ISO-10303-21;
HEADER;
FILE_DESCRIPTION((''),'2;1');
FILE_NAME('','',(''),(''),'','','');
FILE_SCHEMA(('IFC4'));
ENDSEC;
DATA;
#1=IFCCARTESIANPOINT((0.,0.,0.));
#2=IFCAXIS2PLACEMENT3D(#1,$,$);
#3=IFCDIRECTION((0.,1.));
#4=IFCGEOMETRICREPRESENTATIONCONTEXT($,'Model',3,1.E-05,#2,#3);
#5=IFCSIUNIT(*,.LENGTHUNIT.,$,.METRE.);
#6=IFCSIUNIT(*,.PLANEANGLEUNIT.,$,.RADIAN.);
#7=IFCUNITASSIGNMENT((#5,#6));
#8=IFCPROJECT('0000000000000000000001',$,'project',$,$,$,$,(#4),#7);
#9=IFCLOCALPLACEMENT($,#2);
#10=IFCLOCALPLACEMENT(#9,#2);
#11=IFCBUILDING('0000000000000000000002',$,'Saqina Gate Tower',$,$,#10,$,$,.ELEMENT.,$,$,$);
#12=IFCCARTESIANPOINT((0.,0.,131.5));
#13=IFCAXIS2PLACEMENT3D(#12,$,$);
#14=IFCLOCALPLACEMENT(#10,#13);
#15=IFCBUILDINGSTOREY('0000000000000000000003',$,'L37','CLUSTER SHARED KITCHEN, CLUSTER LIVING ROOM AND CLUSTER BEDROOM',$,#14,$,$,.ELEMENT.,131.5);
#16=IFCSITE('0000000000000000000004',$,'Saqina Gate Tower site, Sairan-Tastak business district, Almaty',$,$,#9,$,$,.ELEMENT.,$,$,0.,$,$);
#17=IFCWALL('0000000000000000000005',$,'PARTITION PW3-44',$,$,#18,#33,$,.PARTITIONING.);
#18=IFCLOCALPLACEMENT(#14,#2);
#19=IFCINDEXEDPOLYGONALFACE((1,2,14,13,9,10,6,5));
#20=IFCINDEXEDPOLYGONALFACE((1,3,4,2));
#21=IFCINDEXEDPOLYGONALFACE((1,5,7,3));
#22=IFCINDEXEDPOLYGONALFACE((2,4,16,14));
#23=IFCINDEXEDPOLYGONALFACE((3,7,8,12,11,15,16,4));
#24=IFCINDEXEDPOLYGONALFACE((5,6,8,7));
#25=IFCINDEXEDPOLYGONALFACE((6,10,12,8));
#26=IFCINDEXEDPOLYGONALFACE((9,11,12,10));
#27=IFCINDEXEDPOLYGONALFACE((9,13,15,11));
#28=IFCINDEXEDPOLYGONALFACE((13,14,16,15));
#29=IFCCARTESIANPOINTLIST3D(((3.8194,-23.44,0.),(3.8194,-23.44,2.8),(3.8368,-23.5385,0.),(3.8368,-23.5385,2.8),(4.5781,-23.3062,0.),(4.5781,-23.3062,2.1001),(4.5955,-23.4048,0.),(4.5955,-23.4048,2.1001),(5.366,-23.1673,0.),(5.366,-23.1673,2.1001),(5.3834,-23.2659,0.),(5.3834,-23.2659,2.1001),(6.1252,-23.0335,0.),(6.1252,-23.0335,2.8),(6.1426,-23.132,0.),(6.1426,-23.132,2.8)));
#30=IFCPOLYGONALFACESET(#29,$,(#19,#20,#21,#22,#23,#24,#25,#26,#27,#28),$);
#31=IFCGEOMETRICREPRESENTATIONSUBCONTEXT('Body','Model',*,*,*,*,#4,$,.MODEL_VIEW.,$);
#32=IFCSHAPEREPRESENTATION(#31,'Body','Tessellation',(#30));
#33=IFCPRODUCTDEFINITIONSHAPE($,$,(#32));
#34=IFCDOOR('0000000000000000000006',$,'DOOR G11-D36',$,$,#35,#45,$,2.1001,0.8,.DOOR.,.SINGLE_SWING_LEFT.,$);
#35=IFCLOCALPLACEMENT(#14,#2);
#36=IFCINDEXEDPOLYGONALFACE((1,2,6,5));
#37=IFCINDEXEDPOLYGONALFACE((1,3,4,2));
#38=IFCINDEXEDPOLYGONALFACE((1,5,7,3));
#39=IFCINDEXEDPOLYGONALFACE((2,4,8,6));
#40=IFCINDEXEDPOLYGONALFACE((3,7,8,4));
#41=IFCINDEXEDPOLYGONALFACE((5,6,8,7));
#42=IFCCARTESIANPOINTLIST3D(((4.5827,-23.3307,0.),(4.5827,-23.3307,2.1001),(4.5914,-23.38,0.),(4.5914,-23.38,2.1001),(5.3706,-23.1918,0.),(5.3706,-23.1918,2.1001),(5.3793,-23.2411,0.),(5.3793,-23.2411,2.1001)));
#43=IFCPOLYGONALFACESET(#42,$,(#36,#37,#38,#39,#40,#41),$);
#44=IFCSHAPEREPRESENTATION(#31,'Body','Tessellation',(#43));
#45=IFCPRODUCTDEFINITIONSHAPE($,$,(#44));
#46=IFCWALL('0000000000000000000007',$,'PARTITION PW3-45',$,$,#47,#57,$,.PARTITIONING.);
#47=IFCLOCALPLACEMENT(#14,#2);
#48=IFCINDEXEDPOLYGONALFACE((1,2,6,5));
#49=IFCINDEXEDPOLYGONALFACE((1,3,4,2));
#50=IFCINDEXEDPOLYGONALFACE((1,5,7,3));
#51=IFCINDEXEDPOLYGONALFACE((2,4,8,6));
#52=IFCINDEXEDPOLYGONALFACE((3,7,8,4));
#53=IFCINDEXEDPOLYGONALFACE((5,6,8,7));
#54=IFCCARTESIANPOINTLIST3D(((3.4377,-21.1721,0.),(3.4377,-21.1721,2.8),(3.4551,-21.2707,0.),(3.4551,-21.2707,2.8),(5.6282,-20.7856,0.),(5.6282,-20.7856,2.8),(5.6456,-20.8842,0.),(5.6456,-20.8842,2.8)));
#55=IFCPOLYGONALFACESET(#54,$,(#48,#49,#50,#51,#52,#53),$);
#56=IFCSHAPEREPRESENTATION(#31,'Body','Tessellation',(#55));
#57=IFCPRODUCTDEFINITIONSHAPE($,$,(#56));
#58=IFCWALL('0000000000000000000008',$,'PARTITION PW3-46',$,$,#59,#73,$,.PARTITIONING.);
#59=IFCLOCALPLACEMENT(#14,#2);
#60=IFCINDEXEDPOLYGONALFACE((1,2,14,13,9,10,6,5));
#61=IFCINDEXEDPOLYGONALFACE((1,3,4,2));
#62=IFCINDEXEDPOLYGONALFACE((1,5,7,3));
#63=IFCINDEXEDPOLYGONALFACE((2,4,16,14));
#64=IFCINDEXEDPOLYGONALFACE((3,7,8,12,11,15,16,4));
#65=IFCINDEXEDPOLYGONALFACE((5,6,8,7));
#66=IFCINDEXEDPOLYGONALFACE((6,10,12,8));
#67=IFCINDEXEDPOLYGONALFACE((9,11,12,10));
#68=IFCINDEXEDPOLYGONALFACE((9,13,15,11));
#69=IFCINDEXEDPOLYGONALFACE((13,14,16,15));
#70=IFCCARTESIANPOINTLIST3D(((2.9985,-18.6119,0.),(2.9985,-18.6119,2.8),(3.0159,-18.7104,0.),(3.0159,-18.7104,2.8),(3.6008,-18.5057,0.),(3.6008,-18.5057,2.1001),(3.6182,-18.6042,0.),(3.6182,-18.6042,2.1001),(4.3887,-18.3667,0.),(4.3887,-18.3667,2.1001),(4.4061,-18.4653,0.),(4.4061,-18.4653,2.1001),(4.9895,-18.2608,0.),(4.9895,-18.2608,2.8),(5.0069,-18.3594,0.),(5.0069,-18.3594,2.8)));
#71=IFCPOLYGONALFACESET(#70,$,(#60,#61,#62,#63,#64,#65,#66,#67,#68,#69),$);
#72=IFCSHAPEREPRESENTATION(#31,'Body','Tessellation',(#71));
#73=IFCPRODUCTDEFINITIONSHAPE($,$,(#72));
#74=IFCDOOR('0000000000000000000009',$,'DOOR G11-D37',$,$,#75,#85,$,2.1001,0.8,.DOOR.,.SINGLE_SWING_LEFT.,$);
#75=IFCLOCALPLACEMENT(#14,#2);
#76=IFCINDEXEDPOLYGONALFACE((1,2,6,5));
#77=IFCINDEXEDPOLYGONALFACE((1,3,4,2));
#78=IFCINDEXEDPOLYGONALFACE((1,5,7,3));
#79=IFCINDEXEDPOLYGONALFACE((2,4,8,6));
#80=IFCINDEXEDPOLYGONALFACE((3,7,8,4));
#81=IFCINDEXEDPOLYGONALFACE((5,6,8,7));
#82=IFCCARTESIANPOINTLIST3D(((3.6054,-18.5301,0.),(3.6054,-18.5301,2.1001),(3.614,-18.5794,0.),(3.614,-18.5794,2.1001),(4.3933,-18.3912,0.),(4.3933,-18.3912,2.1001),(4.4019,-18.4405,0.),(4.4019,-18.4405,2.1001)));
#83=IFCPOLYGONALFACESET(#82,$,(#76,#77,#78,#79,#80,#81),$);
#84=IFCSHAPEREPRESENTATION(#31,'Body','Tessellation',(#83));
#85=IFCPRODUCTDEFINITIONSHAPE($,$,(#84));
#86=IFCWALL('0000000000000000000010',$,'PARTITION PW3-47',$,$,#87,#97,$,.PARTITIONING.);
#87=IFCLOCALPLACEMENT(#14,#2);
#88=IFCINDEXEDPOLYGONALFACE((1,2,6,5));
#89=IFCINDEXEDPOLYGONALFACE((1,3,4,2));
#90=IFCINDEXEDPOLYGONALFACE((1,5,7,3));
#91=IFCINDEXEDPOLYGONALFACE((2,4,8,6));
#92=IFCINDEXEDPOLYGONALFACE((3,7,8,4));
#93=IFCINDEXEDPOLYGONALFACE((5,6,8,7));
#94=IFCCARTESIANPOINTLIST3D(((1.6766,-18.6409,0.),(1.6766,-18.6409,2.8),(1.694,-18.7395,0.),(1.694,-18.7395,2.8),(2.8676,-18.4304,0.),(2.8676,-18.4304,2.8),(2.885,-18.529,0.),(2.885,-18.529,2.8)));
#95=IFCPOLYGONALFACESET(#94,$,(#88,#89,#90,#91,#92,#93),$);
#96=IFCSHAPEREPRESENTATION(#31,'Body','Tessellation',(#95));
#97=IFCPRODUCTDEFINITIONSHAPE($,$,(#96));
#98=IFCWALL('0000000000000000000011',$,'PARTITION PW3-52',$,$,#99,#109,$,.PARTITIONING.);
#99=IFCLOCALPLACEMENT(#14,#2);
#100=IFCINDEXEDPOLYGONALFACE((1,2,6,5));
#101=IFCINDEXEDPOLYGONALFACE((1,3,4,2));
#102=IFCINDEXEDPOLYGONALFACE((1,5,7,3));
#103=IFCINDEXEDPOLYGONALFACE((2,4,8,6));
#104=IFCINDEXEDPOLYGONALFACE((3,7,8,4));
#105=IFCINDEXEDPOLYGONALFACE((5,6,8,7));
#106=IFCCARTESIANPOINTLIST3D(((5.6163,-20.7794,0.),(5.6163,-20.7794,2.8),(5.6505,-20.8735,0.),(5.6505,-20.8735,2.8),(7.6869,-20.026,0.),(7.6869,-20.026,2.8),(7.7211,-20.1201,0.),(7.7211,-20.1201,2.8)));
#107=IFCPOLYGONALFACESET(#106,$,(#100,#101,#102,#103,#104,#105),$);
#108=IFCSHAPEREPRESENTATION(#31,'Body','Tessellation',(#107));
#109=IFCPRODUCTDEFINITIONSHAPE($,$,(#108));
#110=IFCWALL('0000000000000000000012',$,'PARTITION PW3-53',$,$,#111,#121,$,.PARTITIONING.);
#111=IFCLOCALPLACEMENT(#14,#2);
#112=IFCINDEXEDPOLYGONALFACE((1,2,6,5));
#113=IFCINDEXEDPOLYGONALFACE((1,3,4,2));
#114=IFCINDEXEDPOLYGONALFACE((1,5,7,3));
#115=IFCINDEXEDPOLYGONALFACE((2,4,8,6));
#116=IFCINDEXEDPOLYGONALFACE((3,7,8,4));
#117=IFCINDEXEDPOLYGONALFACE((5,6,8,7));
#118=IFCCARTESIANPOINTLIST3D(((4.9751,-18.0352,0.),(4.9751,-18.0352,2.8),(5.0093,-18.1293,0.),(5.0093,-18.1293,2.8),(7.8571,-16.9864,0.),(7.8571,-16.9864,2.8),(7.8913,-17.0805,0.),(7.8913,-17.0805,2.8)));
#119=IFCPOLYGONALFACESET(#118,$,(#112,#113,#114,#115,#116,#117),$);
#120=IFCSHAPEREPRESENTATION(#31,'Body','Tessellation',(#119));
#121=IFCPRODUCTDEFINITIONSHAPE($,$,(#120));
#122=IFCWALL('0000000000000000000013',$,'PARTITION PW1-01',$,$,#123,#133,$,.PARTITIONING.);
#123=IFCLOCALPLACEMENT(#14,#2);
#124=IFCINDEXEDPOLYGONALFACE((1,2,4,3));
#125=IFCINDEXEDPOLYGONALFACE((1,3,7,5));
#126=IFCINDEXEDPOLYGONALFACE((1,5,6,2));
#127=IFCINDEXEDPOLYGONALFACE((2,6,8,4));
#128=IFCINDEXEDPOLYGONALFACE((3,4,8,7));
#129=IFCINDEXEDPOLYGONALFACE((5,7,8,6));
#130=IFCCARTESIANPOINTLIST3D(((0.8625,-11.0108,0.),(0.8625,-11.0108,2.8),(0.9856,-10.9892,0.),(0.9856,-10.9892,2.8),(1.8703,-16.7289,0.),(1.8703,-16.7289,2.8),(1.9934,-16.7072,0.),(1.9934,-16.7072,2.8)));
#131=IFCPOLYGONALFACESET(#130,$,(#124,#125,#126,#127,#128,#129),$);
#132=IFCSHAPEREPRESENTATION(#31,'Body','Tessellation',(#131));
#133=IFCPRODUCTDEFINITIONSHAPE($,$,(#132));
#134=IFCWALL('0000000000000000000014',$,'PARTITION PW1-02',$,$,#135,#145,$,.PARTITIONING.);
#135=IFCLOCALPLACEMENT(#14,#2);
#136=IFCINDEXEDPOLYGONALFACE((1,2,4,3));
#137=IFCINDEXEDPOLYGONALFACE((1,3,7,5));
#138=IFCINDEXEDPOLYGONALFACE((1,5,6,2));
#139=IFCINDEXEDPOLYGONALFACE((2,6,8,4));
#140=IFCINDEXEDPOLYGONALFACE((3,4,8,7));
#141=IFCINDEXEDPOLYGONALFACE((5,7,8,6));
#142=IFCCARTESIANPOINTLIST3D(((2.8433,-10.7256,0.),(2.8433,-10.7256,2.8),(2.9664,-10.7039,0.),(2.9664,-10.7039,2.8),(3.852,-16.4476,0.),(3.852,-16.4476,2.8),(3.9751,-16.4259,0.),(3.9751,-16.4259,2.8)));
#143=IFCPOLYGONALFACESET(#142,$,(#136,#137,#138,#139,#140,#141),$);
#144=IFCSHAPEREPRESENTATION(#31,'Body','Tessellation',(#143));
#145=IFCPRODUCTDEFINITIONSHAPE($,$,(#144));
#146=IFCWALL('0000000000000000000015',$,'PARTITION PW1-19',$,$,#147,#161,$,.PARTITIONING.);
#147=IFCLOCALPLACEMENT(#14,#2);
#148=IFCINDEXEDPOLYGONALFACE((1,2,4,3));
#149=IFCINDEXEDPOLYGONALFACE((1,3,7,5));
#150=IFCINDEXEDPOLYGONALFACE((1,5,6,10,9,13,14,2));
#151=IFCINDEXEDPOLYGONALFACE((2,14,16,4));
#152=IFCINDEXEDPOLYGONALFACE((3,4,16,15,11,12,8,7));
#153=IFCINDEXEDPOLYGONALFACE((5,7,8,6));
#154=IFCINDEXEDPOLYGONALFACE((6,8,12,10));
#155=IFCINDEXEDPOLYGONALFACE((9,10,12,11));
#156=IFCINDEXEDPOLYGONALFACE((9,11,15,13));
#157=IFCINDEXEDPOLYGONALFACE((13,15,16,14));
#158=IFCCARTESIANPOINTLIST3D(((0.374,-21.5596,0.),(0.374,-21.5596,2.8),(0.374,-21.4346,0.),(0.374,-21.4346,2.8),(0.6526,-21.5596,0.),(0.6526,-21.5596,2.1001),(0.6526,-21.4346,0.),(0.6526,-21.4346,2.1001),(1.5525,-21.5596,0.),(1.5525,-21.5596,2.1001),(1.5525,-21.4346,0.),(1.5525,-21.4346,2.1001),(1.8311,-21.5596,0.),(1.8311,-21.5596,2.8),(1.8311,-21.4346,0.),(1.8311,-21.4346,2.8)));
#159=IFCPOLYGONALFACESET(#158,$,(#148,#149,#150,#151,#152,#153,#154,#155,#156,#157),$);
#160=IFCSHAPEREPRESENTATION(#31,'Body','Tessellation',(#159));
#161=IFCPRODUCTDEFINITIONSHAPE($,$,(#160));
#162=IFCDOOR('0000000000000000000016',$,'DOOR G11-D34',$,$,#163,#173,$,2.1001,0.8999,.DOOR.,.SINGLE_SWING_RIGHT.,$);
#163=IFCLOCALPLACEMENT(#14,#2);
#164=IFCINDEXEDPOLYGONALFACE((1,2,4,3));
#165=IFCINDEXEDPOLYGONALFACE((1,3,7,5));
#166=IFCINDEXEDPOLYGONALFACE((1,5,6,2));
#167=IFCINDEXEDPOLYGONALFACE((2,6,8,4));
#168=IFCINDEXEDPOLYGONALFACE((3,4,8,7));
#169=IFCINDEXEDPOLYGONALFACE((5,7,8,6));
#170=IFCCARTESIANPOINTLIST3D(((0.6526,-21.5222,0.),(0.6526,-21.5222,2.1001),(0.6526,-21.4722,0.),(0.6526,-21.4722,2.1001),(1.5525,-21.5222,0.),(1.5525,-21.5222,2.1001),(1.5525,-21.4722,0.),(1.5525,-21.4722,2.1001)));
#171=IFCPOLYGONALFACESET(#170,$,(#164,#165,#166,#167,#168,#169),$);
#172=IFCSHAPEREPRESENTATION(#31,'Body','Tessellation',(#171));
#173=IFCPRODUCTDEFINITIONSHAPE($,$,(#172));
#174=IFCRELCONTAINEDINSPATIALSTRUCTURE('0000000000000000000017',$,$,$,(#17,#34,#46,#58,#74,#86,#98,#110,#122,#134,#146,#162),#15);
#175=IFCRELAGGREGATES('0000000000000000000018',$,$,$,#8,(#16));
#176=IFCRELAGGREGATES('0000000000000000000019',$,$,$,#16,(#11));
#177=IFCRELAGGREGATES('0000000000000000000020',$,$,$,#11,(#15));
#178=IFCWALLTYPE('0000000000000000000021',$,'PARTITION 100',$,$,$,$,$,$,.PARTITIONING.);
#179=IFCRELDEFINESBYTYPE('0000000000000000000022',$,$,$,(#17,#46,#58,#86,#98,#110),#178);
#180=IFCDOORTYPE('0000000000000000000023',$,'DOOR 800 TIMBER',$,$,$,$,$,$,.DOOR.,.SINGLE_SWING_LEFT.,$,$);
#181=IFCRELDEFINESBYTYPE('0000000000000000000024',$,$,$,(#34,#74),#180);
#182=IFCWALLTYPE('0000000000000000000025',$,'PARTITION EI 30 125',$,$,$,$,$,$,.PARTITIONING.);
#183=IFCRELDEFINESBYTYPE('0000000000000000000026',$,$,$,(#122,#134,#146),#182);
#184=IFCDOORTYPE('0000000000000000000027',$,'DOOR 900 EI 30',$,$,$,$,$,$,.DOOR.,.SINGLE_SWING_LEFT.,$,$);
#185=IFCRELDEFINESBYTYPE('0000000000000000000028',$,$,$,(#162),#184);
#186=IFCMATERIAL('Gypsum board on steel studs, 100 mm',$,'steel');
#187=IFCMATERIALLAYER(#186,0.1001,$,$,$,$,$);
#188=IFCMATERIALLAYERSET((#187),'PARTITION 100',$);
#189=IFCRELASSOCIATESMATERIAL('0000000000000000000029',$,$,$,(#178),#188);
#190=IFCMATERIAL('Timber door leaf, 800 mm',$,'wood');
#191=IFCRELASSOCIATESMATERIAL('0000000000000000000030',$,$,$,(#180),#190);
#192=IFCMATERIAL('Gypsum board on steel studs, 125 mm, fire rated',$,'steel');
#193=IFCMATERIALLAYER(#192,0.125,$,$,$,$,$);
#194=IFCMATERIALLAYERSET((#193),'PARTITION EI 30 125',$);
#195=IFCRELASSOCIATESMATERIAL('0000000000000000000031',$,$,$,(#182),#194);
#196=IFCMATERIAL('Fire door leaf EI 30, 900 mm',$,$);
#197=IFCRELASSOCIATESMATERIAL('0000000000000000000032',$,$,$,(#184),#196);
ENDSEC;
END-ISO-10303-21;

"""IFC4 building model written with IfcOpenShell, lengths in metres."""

from ifc_helpers import new_model, si_unit, direction, frame, frame_2d, origin, place, context, subcontext, project, spatial, rectangle, extrude, material, layer, layer_set, type_object, element, fill, save


model = new_model("IFC4")

# Units and contexts
model_context = context("Model", 3, precision=1e-05, world=origin(), true_north=direction((0.0, 1.0)))
body_context = subcontext(model_context, "Body", "Model", "MODEL_VIEW")
ifc_project = project(units=[si_unit("LENGTHUNIT", "METRE"), si_unit("PLANEANGLEUNIT", "RADIAN")], contexts=[model_context])

# Site, building, storey
site_placement = place(None, origin())
site = spatial("IfcSite", under=ifc_project, at=site_placement, Name="Saqina Gate Tower site, Sairan-Tastak business district, Almaty", CompositionType="ELEMENT", RefElevation=0.0)
building_placement = place(site_placement, origin())
building = spatial("IfcBuilding", under=site, at=building_placement, Name="Saqina Gate Tower", CompositionType="ELEMENT")
storey_placement = place(building_placement, frame((0.0, 0.0, 131.5)))
storey = spatial("IfcBuildingStorey", under=building, at=storey_placement, Name="L37", Description="CLUSTER SHARED KITCHEN, CLUSTER LIVING ROOM AND CLUSTER BEDROOM", CompositionType="ELEMENT", Elevation=131.5)

# Shared definitions
ifc_material_1 = material(Name="Gypsum board on steel studs, 100 mm", Category="steel")
ifc_layer_1 = layer(ifc_material_1, 0.1001)
ifc_layer_set_1 = layer_set([ifc_layer_1], Name="PARTITION 100")
wall_type_1 = type_object("IfcWallType", Name="PARTITION 100", PredefinedType="PARTITIONING", material=ifc_layer_set_1)

# Wall, opening, door
wall_1_placement = place(storey_placement, frame((3.8281, -23.4893, 0.0), z_axis=(0.0, 0.0, 1.0), x_axis=(0.984812, 0.173625, 0.0)))
wall_1 = element("IfcWall", 1, at=wall_1_placement, inside=storey, type_object=wall_type_1, Name="PARTITION PW3-44", PredefinedType="PARTITIONING", context=body_context, shape_type="SweptSolid", body=[
    extrude(rectangle(XDim=2.3413, YDim=0.1001, at=frame_2d((1.1707, 0.0))), origin(), (0.0, 0.0, 1.0), 2.8),
])
opening_1_placement = place(wall_1_placement, frame((0.7705, 0.0, 0.0)))
opening_1 = element("IfcOpeningElement", 2, at=opening_1_placement, cuts=wall_1, PredefinedType="OPENING", context=body_context, shape_type="SweptSolid", body=[
    extrude(rectangle(XDim=0.8, YDim=2.1001, at=frame_2d((0.3999, 1.05))), frame((0.0, 0.062, 0.0), z_axis=(0.0, -1.0, 0.0), x_axis=(1.0, 0.0, 0.0)), (0.0, 0.0, 1.0), 0.124),
])
ifc_material_2 = material(Name="Timber door leaf, 800 mm", Category="wood")
door_type_1 = type_object("IfcDoorType", Name="DOOR 800 TIMBER", OperationType="SINGLE_SWING_LEFT", PredefinedType="DOOR", material=ifc_material_2)
door_1_placement = place(opening_1_placement, frame((0.8, 0.0, 0.0), z_axis=(0.0, 0.0, 1.0), x_axis=(-1.0, 0.0, 0.0)))
door_1 = element("IfcDoor", 3, at=door_1_placement, inside=storey, type_object=door_type_1, Name="DOOR G11-D36", OperationType="SINGLE_SWING_LEFT", OverallHeight=2.1001, OverallWidth=0.8, PredefinedType="DOOR", context=body_context, shape_type="SweptSolid", body=[
    extrude(rectangle(XDim=0.8, YDim=2.1001, at=frame_2d((0.3999, 1.05))), frame((0.0, 0.0249, 0.0), z_axis=(0.0, -1.0, 0.0), x_axis=(1.0, 0.0, 0.0)), (0.0, 0.0, 1.0), 0.05),
])
fill(opening_1, door_1)

# Wall
wall_2_placement = place(storey_placement, frame((3.4463, -21.2214, 0.0), z_axis=(0.0, 0.0, 1.0), x_axis=(0.984789, 0.173754, 0.0)))
element("IfcWall", 4, at=wall_2_placement, inside=storey, type_object=wall_type_1, Name="PARTITION PW3-45", PredefinedType="PARTITIONING", context=body_context, shape_type="SweptSolid", body=[
    extrude(rectangle(XDim=2.2244, YDim=0.1001, at=frame_2d((1.1123, 0.0))), origin(), (0.0, 0.0, 1.0), 2.8),
])

# Wall, opening, door
wall_3_placement = place(storey_placement, frame((3.0073, -18.6611, 0.0), z_axis=(0.0, 0.0, 1.0), x_axis=(0.984807, 0.173654, 0.0)))
wall_3 = element("IfcWall", 5, at=wall_3_placement, inside=storey, type_object=wall_type_1, Name="PARTITION PW3-46", PredefinedType="PARTITIONING", context=body_context, shape_type="SweptSolid", body=[
    extrude(rectangle(XDim=2.0217, YDim=0.1001, at=frame_2d((1.0107, 0.0))), origin(), (0.0, 0.0, 1.0), 2.8),
])
opening_2_placement = place(wall_3_placement, frame((0.6116, 0.0, 0.0)))
opening_2 = element("IfcOpeningElement", 6, at=opening_2_placement, cuts=wall_3, PredefinedType="OPENING", context=body_context, shape_type="SweptSolid", body=[
    extrude(rectangle(XDim=0.8, YDim=2.1001, at=frame_2d((0.3999, 1.05))), frame((0.0, 0.062, 0.0), z_axis=(0.0, -1.0, 0.0), x_axis=(1.0, 0.0, 0.0)), (0.0, 0.0, 1.0), 0.124),
])
door_2_placement = place(opening_2_placement, frame((0.8, 0.0, 0.0), z_axis=(0.0, 0.0, 1.0), x_axis=(-1.0, 0.0, 0.0)))
door_2 = element("IfcDoor", 7, at=door_2_placement, inside=storey, type_object=door_type_1, Name="DOOR G11-D37", OperationType="SINGLE_SWING_LEFT", OverallHeight=2.1001, OverallWidth=0.8, PredefinedType="DOOR", context=body_context, shape_type="SweptSolid", body=[
    extrude(rectangle(XDim=0.8, YDim=2.1001, at=frame_2d((0.3999, 1.05))), frame((0.0, 0.0249, 0.0), z_axis=(0.0, -1.0, 0.0), x_axis=(1.0, 0.0, 0.0)), (0.0, 0.0, 1.0), 0.05),
])
fill(opening_2, door_2)

# Walls
wall_4_placement = place(storey_placement, frame((1.6853, -18.6902, 0.0), z_axis=(0.0, 0.0, 1.0), x_axis=(0.984743, 0.174016, 0.0)))
element("IfcWall", 8, at=wall_4_placement, inside=storey, type_object=wall_type_1, Name="PARTITION PW3-47", PredefinedType="PARTITIONING", context=body_context, shape_type="SweptSolid", body=[
    extrude(rectangle(XDim=1.2095, YDim=0.1001, at=frame_2d((0.6047, 0.0))), origin(), (0.0, 0.0, 1.0), 2.8),
])
wall_5_placement = place(storey_placement, frame((5.6335, -20.8264, 0.0), z_axis=(0.0, 0.0, 1.0), x_axis=(0.939722, 0.341939, 0.0)))
element("IfcWall", 9, at=wall_5_placement, inside=storey, type_object=wall_type_1, Name="PARTITION PW3-52", PredefinedType="PARTITIONING", context=body_context, shape_type="SweptSolid", body=[
    extrude(rectangle(XDim=2.2034, YDim=0.1001, at=frame_2d((1.1016, 0.0))), origin(), (0.0, 0.0, 1.0), 2.8),
])
wall_6_placement = place(storey_placement, frame((4.9922, -18.0823, 0.0), z_axis=(0.0, 0.0, 1.0), x_axis=(0.93971, 0.341973, 0.0)))
element("IfcWall", 10, at=wall_6_placement, inside=storey, type_object=wall_type_1, Name="PARTITION PW3-53", PredefinedType="PARTITIONING", context=body_context, shape_type="SweptSolid", body=[
    extrude(rectangle(XDim=3.0669, YDim=0.1001, at=frame_2d((1.5334, 0.0))), origin(), (0.0, 0.0, 1.0), 2.8),
])
ifc_material_3 = material(Name="Gypsum board on steel studs, 125 mm, fire rated", Category="steel")
ifc_layer_2 = layer(ifc_material_3, 0.125)
ifc_layer_set_2 = layer_set([ifc_layer_2], Name="PARTITION EI 30 125")
wall_type_2 = type_object("IfcWallType", Name="PARTITION EI 30 125", PredefinedType="PARTITIONING", material=ifc_layer_set_2)
wall_7_placement = place(storey_placement, frame((0.9241, -11.0, 0.0), z_axis=(0.0, 0.0, 1.0), x_axis=(0.173577, -0.98482, 0.0)))
element("IfcWall", 11, at=wall_7_placement, inside=storey, type_object=wall_type_2, Name="PARTITION PW1-01", PredefinedType="PARTITIONING", context=body_context, shape_type="SweptSolid", body=[
    extrude(rectangle(XDim=5.8062, YDim=0.125, at=frame_2d((2.9031, 0.0))), origin(), (0.0, 0.0, 1.0), 2.8),
])
wall_8_placement = place(storey_placement, frame((2.9048, -10.7146, 0.0), z_axis=(0.0, 0.0, 1.0), x_axis=(0.173618, -0.984813, 0.0)))
element("IfcWall", 12, at=wall_8_placement, inside=storey, type_object=wall_type_2, Name="PARTITION PW1-02", PredefinedType="PARTITIONING", context=body_context, shape_type="SweptSolid", body=[
    extrude(rectangle(XDim=5.8103, YDim=0.125, at=frame_2d((2.9053, 0.0))), origin(), (0.0, 0.0, 1.0), 2.8),
])

# Wall, opening, door
wall_9_placement = place(storey_placement, frame((0.374, -21.4971, 0.0), z_axis=(0.0, 0.0, 1.0), x_axis=(1.0, 0.0, 0.0)))
wall_9 = element("IfcWall", 13, at=wall_9_placement, inside=storey, type_object=wall_type_2, Name="PARTITION PW1-19", PredefinedType="PARTITIONING", context=body_context, shape_type="SweptSolid", body=[
    extrude(rectangle(XDim=1.457, YDim=0.125, at=frame_2d((0.7285, 0.0))), origin(), (0.0, 0.0, 1.0), 2.8),
])
opening_3_placement = place(wall_9_placement, frame((0.2786, 0.0, 0.0)))
opening_3 = element("IfcOpeningElement", 14, at=opening_3_placement, cuts=wall_9, PredefinedType="OPENING", context=body_context, shape_type="SweptSolid", body=[
    extrude(rectangle(XDim=0.8999, YDim=2.1001, at=frame_2d((0.45, 1.05))), frame((0.0, 0.0745, 0.0), z_axis=(0.0, -1.0, 0.0), x_axis=(1.0, 0.0, 0.0)), (0.0, 0.0, 1.0), 0.1489),
])
ifc_material_4 = material(Name="Fire door leaf EI 30, 900 mm")
door_type_2 = type_object("IfcDoorType", Name="DOOR 900 EI 30", OperationType="SINGLE_SWING_LEFT", PredefinedType="DOOR", material=ifc_material_4)
door_3_placement = place(opening_3_placement, origin())
door_3 = element("IfcDoor", 15, at=door_3_placement, inside=storey, type_object=door_type_2, Name="DOOR G11-D34", OperationType="SINGLE_SWING_RIGHT", OverallHeight=2.1001, OverallWidth=0.8999, PredefinedType="DOOR", context=body_context, shape_type="SweptSolid", body=[
    extrude(rectangle(XDim=0.8999, YDim=2.1001, at=frame_2d((0.45, 1.05))), frame((0.0, 0.0249, 0.0), z_axis=(0.0, -1.0, 0.0), x_axis=(1.0, 0.0, 0.0)), (0.0, 0.0, 1.0), 0.05),
])
fill(opening_3, door_3)

save(model, "model.ifc")
